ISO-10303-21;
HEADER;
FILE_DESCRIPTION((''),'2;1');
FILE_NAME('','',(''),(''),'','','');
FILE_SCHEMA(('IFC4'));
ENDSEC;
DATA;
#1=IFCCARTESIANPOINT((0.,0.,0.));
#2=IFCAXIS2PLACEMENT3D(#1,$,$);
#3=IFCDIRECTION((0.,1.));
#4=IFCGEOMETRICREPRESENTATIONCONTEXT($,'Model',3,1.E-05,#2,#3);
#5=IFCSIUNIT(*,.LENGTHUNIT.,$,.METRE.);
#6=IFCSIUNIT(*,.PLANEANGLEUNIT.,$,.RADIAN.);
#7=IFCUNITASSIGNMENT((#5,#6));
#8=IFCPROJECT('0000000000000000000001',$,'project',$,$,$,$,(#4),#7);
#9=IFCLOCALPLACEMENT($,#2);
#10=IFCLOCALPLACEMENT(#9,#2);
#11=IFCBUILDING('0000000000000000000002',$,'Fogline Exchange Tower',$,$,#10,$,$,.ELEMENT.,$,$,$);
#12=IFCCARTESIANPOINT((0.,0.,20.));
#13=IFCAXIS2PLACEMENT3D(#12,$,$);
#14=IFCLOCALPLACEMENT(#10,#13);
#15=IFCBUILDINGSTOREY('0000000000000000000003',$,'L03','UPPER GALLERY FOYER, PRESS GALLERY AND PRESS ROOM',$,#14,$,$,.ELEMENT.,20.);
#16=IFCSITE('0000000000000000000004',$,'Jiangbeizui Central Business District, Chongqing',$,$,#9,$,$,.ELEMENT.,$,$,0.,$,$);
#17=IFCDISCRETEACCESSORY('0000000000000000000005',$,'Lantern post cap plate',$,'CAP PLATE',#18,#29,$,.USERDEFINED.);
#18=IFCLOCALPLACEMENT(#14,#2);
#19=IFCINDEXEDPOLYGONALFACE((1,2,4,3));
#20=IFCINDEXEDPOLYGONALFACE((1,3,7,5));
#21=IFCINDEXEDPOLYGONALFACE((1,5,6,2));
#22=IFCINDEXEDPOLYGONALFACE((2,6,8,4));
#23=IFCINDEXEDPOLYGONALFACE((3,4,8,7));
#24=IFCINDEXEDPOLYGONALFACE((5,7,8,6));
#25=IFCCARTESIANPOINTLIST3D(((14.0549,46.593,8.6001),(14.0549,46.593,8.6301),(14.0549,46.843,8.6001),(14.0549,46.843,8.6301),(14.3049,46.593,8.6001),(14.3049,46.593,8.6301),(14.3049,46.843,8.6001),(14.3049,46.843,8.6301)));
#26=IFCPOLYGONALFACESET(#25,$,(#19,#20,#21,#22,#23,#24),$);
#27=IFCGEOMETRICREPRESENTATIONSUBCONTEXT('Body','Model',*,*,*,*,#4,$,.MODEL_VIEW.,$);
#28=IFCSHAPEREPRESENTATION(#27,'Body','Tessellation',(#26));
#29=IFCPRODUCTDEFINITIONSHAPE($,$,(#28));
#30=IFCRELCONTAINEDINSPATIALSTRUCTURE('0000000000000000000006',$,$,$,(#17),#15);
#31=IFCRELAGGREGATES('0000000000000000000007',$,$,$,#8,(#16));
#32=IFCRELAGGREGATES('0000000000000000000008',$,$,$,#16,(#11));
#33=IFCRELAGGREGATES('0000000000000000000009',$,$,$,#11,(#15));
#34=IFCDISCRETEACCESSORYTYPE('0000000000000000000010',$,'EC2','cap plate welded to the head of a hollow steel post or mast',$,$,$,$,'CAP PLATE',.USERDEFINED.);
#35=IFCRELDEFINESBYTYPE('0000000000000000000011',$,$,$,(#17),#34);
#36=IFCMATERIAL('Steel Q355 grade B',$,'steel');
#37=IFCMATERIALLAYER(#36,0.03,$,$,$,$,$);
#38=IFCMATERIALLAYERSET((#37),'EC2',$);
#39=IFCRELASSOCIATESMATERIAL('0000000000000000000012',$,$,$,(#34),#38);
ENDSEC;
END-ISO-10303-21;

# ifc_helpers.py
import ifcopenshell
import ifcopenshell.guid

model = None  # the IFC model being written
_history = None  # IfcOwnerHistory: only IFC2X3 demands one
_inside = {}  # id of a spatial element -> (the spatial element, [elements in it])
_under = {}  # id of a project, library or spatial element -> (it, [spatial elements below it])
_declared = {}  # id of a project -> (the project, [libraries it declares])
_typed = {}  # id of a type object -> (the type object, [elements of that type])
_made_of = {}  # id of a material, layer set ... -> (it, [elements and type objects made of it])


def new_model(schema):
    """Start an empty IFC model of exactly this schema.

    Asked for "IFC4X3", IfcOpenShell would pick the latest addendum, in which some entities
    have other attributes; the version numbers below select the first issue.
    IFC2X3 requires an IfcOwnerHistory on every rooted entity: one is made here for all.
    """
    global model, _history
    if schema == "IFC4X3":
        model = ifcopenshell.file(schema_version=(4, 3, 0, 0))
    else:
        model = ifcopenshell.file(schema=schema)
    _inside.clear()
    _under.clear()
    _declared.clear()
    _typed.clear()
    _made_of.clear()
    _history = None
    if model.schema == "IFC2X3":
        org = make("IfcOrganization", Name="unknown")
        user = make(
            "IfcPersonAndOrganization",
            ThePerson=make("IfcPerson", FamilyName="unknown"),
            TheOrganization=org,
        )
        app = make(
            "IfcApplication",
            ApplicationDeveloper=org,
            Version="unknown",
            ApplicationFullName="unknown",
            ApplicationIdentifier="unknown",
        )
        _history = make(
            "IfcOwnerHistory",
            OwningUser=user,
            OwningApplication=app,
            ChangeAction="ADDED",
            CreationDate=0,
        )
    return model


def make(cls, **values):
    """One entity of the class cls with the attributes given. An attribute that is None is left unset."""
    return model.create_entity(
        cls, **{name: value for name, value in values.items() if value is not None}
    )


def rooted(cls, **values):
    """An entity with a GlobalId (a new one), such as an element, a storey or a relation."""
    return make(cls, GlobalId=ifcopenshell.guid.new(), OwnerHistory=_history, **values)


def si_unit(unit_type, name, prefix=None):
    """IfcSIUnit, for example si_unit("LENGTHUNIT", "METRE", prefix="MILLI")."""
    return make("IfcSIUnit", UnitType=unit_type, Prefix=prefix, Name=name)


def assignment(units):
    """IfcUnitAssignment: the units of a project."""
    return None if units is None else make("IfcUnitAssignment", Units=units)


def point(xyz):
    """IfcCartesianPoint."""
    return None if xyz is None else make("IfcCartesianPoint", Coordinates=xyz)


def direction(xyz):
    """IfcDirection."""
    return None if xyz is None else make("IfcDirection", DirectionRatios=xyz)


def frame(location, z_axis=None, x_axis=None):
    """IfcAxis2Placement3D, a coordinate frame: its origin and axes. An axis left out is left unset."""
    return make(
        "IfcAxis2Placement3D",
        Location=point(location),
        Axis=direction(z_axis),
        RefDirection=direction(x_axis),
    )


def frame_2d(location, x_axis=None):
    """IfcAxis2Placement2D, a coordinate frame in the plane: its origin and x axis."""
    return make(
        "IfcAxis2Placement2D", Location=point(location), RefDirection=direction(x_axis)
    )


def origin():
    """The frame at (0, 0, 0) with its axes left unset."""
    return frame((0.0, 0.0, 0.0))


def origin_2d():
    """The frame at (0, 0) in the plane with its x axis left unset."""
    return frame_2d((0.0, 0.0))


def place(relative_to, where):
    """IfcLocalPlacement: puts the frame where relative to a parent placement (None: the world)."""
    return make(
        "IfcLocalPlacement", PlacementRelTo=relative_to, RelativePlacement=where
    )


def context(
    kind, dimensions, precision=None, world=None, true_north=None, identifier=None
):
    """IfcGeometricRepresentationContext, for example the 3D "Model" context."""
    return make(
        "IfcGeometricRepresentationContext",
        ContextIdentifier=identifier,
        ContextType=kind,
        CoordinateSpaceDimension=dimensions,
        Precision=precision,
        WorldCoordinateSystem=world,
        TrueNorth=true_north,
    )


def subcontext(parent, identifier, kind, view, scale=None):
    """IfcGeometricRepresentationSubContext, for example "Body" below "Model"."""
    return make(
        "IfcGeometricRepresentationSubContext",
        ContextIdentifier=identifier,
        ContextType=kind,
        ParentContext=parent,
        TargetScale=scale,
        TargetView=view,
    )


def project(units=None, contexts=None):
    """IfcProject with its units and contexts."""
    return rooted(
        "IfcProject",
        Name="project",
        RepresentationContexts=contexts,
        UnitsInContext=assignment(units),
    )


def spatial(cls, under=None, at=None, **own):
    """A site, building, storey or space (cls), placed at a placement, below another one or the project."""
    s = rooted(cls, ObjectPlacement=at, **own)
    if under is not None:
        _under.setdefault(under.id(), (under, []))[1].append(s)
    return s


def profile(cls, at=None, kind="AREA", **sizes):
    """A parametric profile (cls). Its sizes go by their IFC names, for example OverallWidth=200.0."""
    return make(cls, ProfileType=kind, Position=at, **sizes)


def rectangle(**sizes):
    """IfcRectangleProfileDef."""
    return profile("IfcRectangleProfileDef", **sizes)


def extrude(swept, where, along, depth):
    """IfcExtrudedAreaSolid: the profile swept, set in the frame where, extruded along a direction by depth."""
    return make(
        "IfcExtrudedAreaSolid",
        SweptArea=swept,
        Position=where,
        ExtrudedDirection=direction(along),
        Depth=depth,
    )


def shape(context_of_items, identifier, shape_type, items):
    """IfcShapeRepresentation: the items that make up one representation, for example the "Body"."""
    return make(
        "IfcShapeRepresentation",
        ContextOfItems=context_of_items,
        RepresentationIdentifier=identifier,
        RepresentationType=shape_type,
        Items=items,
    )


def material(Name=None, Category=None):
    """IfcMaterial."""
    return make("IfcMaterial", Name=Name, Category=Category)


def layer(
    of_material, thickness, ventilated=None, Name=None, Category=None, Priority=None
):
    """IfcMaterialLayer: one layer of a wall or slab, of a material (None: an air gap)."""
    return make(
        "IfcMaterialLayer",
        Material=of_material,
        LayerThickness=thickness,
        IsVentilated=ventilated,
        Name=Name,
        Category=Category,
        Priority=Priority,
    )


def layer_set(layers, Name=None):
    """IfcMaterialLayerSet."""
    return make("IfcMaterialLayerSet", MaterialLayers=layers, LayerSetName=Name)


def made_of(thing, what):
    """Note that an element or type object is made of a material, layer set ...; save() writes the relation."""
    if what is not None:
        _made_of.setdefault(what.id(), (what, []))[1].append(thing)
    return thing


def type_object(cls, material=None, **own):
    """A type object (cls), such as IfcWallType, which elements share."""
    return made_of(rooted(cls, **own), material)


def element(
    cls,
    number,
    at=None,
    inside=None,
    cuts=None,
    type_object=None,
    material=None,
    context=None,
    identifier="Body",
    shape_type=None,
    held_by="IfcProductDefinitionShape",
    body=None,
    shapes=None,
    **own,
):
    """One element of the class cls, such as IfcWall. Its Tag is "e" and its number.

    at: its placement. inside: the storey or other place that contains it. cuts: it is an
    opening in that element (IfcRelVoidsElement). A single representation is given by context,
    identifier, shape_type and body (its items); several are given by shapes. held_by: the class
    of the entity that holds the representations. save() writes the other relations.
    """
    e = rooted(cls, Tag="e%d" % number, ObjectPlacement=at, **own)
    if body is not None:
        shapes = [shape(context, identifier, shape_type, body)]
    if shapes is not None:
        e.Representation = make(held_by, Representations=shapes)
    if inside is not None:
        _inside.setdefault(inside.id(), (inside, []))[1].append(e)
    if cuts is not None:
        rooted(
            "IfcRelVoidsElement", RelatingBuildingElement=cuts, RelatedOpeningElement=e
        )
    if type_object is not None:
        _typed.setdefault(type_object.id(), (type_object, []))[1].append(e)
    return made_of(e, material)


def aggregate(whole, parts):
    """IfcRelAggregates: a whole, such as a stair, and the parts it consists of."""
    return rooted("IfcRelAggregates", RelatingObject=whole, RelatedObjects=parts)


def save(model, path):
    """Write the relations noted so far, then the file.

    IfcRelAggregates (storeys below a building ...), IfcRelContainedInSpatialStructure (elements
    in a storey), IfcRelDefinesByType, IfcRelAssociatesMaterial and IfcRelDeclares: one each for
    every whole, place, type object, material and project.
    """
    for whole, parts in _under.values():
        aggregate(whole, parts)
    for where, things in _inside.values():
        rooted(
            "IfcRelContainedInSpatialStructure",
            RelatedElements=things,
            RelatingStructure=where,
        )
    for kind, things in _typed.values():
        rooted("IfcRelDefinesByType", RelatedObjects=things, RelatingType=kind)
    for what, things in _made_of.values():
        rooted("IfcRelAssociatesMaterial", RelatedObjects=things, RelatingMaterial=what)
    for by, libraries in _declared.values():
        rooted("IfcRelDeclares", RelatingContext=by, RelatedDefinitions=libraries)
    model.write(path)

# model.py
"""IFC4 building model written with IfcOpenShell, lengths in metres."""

from ifc_helpers import new_model, si_unit, direction, frame, origin, origin_2d, place, context, subcontext, project, spatial, rectangle, extrude, material, layer, layer_set, type_object, element, save


model = new_model("IFC4")

# Units and contexts
model_context = context("Model", 3, precision=1e-05, world=origin(), true_north=direction((0.0, 1.0)))
body_context = subcontext(model_context, "Body", "Model", "MODEL_VIEW")
ifc_project = project(units=[si_unit("LENGTHUNIT", "METRE"), si_unit("PLANEANGLEUNIT", "RADIAN")], contexts=[model_context])

# Site, building, storey
site_placement = place(None, origin())
site = spatial("IfcSite", under=ifc_project, at=site_placement, Name="Jiangbeizui Central Business District, Chongqing", CompositionType="ELEMENT", RefElevation=0.0)
building_placement = place(site_placement, origin())
building = spatial("IfcBuilding", under=site, at=building_placement, Name="Fogline Exchange Tower", CompositionType="ELEMENT")
storey_placement = place(building_placement, frame((0.0, 0.0, 20.0)))
storey = spatial("IfcBuildingStorey", under=building, at=storey_placement, Name="L03", Description="UPPER GALLERY FOYER, PRESS GALLERY AND PRESS ROOM", CompositionType="ELEMENT", Elevation=20.0)

# Shared definitions
ifc_material_1 = material(Name="Steel Q355 grade B", Category="steel")

# Discrete accessory
ifc_layer_1 = layer(ifc_material_1, 0.03)
ifc_layer_set_1 = layer_set([ifc_layer_1], Name="EC2")
discrete_accessory_type = type_object("IfcDiscreteAccessoryType", Name="EC2", Description="cap plate welded to the head of a hollow steel post or mast", ElementType="CAP PLATE", PredefinedType="USERDEFINED", material=ifc_layer_set_1)
for number, where, z_axis, x_axis, name in (
    (1, (14.1799, 46.718, 8.6001), (0.0, 0.0, 1.0), (1.0, 0.0, 0.0), "Lantern post cap plate"),
):
    element("IfcDiscreteAccessory", number, at=place(storey_placement, frame(where, z_axis=z_axis, x_axis=x_axis)), inside=storey, type_object=discrete_accessory_type, Name=name, ObjectType="CAP PLATE", PredefinedType="USERDEFINED", context=body_context, shape_type="SweptSolid", body=[
        extrude(rectangle(XDim=0.25, YDim=0.25, at=origin_2d()), origin(), (0.0, 0.0, 1.0), 0.03),
    ])

save(model, "model.ifc")
